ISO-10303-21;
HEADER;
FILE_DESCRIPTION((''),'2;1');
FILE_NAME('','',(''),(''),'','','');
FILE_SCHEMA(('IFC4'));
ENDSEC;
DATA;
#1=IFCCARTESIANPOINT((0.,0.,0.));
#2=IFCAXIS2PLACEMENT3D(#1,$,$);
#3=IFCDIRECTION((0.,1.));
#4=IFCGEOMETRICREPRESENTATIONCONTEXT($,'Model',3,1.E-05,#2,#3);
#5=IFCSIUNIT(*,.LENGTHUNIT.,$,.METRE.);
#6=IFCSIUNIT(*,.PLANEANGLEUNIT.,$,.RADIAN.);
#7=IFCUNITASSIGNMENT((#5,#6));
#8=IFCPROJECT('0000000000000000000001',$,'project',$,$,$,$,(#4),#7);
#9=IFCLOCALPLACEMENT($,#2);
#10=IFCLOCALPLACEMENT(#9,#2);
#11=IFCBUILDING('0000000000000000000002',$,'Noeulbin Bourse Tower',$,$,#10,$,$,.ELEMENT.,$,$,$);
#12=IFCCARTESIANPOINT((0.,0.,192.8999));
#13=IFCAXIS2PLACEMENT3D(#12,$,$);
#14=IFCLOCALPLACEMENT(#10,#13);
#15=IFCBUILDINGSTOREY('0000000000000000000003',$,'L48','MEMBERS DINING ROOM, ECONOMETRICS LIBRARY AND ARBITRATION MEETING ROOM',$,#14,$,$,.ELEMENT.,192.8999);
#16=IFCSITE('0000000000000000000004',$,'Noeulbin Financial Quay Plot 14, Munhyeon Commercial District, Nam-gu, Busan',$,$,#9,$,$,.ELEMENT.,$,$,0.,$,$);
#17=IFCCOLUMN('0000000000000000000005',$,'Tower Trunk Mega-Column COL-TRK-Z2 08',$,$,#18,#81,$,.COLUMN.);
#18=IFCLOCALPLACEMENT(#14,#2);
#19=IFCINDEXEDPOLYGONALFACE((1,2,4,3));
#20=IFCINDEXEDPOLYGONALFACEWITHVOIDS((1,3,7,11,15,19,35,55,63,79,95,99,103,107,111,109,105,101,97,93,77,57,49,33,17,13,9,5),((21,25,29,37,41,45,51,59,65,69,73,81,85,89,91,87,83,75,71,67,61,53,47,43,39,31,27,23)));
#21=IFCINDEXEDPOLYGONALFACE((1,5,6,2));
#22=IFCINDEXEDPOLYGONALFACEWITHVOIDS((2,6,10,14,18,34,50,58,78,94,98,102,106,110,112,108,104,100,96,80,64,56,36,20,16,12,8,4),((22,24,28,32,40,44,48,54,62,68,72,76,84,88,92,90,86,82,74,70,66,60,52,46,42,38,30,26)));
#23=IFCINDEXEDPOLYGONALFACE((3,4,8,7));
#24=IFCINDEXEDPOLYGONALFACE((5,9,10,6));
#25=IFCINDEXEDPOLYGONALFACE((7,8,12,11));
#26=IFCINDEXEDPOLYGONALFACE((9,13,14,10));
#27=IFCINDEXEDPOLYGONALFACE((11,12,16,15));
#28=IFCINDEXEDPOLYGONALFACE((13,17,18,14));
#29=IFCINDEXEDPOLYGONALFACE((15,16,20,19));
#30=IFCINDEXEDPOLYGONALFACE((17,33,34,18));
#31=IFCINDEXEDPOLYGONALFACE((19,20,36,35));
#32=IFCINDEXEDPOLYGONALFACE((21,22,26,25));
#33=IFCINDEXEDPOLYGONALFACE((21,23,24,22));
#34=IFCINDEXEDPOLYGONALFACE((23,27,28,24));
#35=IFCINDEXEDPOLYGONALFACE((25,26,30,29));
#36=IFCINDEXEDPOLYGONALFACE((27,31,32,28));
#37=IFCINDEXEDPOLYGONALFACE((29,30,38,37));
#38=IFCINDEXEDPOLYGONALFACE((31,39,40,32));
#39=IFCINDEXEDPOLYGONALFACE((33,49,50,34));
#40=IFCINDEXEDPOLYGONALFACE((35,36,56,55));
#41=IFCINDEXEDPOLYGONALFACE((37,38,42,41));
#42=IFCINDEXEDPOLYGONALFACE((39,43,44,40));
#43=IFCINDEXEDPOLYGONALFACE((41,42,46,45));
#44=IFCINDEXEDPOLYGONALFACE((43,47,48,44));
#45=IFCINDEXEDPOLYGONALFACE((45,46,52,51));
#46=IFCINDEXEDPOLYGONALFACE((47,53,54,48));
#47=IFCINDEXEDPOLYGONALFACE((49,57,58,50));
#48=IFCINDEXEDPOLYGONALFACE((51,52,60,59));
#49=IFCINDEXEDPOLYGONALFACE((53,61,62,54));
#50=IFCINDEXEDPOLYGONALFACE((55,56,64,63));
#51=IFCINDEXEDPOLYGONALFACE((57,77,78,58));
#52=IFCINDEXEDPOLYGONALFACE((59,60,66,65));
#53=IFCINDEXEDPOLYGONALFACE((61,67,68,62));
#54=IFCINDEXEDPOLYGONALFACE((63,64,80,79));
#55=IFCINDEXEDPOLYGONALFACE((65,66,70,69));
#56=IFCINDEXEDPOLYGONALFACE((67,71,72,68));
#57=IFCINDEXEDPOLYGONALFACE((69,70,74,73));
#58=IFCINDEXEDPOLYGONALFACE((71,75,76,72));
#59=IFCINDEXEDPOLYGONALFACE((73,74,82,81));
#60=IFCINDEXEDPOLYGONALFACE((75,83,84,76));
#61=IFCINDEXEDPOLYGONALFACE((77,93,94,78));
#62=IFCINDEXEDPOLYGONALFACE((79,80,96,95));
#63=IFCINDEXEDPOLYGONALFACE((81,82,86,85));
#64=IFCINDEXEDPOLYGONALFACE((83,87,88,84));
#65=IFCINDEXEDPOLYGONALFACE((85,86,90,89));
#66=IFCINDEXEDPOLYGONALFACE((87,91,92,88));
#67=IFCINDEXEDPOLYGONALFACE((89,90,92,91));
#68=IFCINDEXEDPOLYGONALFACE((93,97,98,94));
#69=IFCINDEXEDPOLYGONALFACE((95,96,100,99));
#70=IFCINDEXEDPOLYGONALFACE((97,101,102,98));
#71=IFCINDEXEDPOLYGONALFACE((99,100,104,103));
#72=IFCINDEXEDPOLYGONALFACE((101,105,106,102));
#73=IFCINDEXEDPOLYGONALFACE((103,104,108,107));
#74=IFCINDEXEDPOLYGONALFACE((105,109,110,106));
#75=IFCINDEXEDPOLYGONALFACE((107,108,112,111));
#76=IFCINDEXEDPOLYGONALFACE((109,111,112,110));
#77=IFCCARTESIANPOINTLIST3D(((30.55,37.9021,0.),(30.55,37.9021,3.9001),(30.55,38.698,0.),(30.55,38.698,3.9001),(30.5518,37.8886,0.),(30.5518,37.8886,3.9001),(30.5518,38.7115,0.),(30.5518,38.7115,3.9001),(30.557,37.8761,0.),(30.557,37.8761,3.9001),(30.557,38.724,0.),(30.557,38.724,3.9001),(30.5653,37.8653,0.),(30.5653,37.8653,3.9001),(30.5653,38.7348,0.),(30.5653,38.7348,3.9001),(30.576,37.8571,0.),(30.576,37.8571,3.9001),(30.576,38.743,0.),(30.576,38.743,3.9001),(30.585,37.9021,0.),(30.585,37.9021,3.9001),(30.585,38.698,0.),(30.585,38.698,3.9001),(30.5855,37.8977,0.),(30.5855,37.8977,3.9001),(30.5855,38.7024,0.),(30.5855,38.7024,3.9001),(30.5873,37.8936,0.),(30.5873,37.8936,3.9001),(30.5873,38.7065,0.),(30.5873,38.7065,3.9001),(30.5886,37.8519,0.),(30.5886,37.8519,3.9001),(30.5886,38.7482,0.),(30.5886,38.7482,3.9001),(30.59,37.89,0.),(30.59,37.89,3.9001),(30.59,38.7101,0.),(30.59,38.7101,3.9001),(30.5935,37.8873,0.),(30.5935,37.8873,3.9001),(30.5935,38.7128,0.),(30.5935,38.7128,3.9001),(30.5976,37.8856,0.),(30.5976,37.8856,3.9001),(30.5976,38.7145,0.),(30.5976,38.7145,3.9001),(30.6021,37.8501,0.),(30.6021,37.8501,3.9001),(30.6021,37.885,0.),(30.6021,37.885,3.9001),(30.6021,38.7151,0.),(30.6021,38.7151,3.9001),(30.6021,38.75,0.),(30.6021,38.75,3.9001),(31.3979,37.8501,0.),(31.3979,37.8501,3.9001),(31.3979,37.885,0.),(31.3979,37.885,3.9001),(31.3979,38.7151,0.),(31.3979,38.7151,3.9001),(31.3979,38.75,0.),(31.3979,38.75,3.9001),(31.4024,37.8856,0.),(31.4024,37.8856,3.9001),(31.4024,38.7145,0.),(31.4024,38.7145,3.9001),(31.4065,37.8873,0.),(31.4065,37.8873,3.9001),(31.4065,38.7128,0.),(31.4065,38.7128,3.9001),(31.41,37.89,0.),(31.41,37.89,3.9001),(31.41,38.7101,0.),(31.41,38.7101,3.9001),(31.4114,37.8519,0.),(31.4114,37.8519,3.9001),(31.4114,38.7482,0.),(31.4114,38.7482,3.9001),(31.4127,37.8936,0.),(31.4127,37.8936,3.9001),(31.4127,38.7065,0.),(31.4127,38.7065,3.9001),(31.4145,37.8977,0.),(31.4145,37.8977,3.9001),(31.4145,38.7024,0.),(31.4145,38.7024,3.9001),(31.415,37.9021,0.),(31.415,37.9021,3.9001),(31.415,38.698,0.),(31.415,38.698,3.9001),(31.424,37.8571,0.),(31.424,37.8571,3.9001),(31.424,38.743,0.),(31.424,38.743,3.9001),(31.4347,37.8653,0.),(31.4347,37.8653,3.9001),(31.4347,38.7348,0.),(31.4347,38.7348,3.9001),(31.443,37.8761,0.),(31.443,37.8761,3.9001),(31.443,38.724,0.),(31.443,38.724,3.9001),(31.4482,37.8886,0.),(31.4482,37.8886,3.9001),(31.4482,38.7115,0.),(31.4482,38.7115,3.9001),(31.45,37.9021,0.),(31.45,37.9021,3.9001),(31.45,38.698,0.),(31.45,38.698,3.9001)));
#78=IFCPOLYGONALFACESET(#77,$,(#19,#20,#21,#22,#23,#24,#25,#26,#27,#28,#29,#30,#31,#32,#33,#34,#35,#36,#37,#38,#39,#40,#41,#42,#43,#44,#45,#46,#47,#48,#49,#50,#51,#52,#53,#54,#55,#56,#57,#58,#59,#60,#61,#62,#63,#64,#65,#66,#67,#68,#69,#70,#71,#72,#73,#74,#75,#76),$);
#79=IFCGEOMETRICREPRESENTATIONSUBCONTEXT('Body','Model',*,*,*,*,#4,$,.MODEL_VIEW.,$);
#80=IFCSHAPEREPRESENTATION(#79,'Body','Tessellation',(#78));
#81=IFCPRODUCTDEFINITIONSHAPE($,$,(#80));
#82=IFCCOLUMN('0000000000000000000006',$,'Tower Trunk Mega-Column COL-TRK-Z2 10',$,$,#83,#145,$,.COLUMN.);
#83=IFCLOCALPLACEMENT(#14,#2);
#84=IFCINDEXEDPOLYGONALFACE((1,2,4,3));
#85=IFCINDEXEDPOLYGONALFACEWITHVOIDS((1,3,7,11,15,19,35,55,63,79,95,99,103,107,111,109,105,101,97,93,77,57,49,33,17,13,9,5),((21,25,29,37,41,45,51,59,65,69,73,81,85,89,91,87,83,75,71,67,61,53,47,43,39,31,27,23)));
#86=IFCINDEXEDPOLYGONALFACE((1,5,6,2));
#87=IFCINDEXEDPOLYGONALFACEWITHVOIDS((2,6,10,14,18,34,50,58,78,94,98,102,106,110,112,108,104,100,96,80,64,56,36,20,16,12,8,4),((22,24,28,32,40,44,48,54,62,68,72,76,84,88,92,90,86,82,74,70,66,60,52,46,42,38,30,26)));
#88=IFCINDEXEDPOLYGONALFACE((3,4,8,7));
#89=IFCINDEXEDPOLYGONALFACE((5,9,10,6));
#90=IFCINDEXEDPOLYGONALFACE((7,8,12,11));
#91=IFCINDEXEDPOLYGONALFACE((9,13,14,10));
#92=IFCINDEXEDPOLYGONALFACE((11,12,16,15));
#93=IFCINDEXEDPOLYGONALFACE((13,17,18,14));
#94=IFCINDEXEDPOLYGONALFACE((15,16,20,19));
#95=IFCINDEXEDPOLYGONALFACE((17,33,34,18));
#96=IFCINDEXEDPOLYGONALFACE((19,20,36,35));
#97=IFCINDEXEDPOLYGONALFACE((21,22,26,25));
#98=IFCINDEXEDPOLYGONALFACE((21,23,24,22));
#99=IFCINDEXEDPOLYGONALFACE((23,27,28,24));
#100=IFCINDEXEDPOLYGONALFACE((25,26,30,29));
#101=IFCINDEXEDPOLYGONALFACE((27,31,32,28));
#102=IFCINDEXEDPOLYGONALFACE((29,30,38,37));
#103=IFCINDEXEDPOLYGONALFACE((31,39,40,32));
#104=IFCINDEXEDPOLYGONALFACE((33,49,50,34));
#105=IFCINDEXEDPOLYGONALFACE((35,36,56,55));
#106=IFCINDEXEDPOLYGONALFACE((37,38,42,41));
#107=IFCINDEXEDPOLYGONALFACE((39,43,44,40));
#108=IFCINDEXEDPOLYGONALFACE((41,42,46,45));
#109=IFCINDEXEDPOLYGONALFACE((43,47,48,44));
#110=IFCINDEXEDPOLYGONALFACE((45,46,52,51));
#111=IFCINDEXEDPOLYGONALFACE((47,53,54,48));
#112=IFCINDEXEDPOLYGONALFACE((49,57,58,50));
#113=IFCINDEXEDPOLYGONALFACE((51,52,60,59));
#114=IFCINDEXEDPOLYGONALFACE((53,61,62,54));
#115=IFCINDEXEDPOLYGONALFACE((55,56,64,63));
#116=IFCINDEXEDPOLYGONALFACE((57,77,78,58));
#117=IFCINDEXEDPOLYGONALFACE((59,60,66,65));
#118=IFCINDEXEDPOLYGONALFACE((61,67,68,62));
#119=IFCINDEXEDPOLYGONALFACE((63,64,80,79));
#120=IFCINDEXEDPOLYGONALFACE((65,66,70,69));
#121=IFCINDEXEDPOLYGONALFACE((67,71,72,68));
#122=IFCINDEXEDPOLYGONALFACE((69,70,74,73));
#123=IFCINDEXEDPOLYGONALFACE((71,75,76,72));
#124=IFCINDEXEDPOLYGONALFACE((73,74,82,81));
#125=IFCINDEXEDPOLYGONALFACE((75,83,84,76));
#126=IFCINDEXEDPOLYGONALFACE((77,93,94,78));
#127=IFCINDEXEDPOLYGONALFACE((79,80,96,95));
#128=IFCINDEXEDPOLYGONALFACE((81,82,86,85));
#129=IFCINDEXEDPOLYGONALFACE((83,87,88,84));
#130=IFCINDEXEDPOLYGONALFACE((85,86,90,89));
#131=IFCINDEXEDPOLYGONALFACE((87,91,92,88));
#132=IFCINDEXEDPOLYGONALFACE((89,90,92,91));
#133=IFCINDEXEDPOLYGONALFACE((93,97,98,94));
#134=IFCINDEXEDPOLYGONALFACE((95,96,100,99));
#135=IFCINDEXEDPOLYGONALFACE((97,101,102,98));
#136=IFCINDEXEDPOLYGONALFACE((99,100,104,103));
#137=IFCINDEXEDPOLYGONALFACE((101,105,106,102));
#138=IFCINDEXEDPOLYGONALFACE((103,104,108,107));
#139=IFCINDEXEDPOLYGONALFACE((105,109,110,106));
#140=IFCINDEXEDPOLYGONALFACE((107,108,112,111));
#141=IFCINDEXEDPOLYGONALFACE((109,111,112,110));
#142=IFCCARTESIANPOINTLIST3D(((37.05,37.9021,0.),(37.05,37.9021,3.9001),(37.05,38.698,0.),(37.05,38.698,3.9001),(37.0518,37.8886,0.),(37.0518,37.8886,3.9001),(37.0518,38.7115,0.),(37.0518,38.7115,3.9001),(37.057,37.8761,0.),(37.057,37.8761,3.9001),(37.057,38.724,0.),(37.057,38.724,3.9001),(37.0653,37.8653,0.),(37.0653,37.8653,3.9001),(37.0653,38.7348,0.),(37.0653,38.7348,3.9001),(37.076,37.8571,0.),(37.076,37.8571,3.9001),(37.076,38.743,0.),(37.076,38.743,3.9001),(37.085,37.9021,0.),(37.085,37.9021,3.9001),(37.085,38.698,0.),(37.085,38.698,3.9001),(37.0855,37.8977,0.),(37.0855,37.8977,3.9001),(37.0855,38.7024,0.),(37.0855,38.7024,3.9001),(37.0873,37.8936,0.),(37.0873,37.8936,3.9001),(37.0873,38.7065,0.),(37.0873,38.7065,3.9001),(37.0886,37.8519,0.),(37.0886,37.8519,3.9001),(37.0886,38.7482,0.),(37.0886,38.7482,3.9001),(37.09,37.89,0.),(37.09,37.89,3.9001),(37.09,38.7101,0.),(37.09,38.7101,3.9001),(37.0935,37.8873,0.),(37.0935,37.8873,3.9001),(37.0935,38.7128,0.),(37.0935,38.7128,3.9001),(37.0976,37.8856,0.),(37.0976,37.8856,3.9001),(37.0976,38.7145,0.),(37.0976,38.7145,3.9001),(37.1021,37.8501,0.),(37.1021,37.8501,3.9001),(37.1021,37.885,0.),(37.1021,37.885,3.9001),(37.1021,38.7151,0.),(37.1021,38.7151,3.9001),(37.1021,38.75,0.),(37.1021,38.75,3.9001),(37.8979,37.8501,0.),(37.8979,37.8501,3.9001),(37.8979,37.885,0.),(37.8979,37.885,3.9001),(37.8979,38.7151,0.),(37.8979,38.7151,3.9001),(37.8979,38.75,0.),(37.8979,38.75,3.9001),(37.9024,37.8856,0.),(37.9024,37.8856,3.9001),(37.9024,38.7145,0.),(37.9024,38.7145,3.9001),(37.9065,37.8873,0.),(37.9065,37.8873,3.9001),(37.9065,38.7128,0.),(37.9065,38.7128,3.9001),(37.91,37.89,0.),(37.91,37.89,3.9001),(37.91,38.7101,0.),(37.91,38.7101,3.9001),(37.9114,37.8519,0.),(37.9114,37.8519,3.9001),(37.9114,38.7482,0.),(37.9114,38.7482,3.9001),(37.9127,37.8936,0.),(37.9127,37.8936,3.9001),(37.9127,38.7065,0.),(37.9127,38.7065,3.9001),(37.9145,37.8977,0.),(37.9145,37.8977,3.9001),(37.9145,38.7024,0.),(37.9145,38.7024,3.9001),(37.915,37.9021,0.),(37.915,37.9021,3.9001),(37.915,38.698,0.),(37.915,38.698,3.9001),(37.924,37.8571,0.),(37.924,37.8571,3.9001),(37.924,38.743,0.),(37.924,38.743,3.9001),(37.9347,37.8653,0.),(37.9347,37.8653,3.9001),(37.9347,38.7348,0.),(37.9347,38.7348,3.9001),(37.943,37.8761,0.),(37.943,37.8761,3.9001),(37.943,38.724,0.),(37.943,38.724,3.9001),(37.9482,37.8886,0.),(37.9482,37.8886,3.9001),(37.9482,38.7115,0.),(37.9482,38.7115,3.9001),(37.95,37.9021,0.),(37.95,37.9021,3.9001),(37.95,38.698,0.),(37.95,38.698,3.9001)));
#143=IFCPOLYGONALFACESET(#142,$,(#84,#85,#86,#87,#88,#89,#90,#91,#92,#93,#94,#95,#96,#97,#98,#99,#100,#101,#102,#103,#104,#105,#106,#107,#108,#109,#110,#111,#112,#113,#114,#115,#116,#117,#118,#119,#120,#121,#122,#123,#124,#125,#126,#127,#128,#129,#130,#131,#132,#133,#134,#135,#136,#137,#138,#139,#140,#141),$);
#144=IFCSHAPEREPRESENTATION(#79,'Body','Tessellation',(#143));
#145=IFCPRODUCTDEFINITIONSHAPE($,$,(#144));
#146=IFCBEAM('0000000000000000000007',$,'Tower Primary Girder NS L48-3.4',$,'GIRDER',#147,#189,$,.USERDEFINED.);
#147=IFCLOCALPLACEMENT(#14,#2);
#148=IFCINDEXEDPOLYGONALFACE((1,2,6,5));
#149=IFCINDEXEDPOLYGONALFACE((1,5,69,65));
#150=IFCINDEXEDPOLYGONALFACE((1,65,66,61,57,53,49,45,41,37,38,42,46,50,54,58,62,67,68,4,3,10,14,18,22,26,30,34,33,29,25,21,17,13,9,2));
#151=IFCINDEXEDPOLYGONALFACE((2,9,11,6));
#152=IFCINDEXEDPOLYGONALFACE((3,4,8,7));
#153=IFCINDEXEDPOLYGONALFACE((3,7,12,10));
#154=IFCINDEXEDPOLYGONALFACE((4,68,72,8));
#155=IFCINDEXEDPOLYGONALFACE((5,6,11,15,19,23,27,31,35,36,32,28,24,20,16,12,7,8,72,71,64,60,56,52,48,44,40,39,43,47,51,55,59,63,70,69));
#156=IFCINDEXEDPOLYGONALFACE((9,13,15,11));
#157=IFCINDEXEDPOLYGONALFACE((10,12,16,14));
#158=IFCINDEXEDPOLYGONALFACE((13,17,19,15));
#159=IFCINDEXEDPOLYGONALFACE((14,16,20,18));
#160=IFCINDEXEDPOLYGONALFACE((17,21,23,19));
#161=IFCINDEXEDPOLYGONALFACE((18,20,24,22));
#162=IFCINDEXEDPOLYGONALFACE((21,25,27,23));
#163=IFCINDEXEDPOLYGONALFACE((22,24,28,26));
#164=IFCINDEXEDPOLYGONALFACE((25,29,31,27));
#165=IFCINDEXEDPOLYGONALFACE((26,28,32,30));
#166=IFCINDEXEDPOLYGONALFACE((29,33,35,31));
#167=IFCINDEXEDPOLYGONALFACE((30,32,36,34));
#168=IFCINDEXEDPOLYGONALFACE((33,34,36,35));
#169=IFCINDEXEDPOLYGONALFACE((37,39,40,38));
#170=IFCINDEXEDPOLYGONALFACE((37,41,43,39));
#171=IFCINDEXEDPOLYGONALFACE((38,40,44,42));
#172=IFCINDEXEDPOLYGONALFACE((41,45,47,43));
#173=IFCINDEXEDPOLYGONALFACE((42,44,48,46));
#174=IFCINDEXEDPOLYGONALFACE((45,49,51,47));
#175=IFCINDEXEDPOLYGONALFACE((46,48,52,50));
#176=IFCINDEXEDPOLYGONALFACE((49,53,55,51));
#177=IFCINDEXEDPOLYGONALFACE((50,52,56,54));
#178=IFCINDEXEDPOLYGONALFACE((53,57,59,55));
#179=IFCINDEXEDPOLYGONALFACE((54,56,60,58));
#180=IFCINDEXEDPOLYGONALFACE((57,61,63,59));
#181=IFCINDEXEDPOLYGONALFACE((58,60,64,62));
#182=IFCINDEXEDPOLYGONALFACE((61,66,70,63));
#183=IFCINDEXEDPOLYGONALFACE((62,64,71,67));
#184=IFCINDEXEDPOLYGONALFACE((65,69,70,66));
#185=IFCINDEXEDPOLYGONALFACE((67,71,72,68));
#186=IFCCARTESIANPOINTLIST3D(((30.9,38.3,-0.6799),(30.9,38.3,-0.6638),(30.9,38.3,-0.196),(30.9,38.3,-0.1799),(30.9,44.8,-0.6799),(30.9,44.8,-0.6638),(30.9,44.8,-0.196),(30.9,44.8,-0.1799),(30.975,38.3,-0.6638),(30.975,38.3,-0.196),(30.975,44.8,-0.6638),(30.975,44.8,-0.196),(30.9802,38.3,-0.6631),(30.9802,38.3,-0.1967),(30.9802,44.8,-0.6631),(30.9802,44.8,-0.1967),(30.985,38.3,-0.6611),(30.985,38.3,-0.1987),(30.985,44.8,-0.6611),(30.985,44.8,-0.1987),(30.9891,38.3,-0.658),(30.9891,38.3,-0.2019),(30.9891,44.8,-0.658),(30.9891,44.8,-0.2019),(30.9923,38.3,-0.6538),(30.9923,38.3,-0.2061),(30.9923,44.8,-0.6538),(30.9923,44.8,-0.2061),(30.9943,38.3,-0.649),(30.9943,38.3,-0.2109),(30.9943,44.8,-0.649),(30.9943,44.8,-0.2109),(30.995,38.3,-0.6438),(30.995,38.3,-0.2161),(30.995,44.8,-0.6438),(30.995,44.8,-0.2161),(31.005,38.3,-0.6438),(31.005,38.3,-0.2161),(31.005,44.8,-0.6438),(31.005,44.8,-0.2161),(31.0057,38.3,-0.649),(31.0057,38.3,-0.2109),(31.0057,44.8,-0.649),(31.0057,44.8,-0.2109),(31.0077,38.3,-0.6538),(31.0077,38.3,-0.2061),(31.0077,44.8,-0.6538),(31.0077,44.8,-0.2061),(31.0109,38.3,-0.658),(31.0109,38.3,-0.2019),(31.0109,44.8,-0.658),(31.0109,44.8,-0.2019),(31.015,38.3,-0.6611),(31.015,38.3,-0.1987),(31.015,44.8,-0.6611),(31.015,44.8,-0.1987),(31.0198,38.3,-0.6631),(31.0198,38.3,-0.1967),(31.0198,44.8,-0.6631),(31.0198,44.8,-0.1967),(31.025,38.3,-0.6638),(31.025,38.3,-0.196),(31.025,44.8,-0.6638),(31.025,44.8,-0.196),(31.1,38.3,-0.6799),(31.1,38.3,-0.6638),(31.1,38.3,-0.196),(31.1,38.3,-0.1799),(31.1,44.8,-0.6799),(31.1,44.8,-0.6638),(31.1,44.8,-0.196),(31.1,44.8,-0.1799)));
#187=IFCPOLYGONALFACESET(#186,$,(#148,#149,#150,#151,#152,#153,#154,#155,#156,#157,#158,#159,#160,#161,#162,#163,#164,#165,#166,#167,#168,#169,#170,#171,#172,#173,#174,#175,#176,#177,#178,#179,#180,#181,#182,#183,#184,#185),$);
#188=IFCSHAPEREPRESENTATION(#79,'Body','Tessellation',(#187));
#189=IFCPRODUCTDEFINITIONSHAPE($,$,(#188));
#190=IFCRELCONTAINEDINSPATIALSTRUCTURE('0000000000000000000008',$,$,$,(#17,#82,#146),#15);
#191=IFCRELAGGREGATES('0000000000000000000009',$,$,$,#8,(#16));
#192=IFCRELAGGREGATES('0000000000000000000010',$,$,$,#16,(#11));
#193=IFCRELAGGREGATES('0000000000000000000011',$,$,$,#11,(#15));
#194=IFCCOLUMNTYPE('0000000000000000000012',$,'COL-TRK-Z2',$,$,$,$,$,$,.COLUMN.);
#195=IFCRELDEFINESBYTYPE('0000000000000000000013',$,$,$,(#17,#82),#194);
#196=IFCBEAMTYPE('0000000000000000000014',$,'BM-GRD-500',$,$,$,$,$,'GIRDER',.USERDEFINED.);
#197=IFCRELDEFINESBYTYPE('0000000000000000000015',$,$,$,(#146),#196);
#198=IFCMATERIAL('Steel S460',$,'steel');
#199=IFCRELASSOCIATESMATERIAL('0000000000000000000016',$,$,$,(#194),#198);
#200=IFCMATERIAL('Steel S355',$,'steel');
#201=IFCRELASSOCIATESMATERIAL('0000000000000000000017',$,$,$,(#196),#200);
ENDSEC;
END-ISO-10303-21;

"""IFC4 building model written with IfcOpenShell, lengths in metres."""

from ifc_helpers import new_model, si_unit, direction, frame, origin, origin_2d, place, context, subcontext, project, spatial, hollow_rectangle, i_section, extrude, material, material_profile, profile_set, type_object, element, save


model = new_model("IFC4")

# Units and contexts
model_context = context("Model", 3, precision=1e-05, world=origin(), true_north=direction((0.0, 1.0)))
body_context = subcontext(model_context, "Body", "Model", "MODEL_VIEW")
ifc_project = project(units=[si_unit("LENGTHUNIT", "METRE"), si_unit("PLANEANGLEUNIT", "RADIAN")], contexts=[model_context])

# Site, building, storey
site_placement = place(None, origin())
site = spatial("IfcSite", under=ifc_project, at=site_placement, Name="Noeulbin Financial Quay Plot 14, Munhyeon Commercial District, Nam-gu, Busan", CompositionType="ELEMENT", RefElevation=0.0)
building_placement = place(site_placement, origin())
building = spatial("IfcBuilding", under=site, at=building_placement, Name="Noeulbin Bourse Tower", CompositionType="ELEMENT")
storey_placement = place(building_placement, frame((0.0, 0.0, 192.8999)))
storey = spatial("IfcBuildingStorey", under=building, at=storey_placement, Name="L48", Description="MEMBERS DINING ROOM, ECONOMETRICS LIBRARY AND ARBITRATION MEETING ROOM", CompositionType="ELEMENT", Elevation=192.8999)

# Columns
ifc_material_1 = material(Name="Steel S460", Category="steel")
ifc_material_profile_1 = material_profile(ifc_material_1, hollow_rectangle(XDim=0.8999, YDim=0.8999, WallThickness=0.0349, InnerFilletRadius=0.0171, OuterFilletRadius=0.052, at=origin_2d()), Name="BOX-900x900x35", Category="LoadBearing")
ifc_profile_set_1 = profile_set([ifc_material_profile_1], Name="Steel S460")
column_type = type_object("IfcColumnType", Name="COL-TRK-Z2", PredefinedType="COLUMN", material=ifc_profile_set_1)
for number, where, z_axis, x_axis, name in (
    (1, (31.0, 38.3, 0.0), (0.0, 0.0, 1.0), (1.0, 0.0, 0.0), "Tower Trunk Mega-Column COL-TRK-Z2 08"),
    (2, (37.5, 38.3, 0.0), (0.0, 0.0, 1.0), (1.0, 0.0, 0.0), "Tower Trunk Mega-Column COL-TRK-Z2 10"),
):
    element("IfcColumn", number, at=place(storey_placement, frame(where, z_axis=z_axis, x_axis=x_axis)), inside=storey, type_object=column_type, Name=name, PredefinedType="COLUMN", context=body_context, shape_type="SweptSolid", body=[
        extrude(hollow_rectangle(XDim=0.8999, YDim=0.8999, WallThickness=0.0349, InnerFilletRadius=0.0171, OuterFilletRadius=0.052, at=origin_2d()), origin(), (0.0, 0.0, 1.0), 3.9001),
    ])

# Beam
ifc_material_2 = material(Name="Steel S355", Category="steel")
ifc_material_profile_2 = material_profile(ifc_material_2, i_section(OverallWidth=0.2, OverallDepth=0.5, WebThickness=0.01, FlangeThickness=0.0161, FilletRadius=0.02, at=origin_2d()), Name="H-500x200x10x16", Category="LoadBearing")
ifc_profile_set_2 = profile_set([ifc_material_profile_2], Name="Steel S355")
beam_type_1 = type_object("IfcBeamType", Name="BM-GRD-500", ElementType="GIRDER", PredefinedType="USERDEFINED", material=ifc_profile_set_2)
for number, where, z_axis, x_axis, name in (
    (3, (31.0, 38.3, -0.4299), (0.0, 1.0, 0.0), (-1.0, 0.0, 0.0), "Tower Primary Girder NS L48-3.4"),
):
    element("IfcBeam", number, at=place(storey_placement, frame(where, z_axis=z_axis, x_axis=x_axis)), inside=storey, type_object=beam_type_1, Name=name, ObjectType="GIRDER", PredefinedType="USERDEFINED", context=body_context, shape_type="SweptSolid", body=[
        extrude(i_section(OverallWidth=0.2, OverallDepth=0.5, WebThickness=0.01, FlangeThickness=0.0161, FilletRadius=0.02, at=origin_2d()), origin(), (0.0, 0.0, 1.0), 6.5),
    ])

save(model, "model.ifc")
